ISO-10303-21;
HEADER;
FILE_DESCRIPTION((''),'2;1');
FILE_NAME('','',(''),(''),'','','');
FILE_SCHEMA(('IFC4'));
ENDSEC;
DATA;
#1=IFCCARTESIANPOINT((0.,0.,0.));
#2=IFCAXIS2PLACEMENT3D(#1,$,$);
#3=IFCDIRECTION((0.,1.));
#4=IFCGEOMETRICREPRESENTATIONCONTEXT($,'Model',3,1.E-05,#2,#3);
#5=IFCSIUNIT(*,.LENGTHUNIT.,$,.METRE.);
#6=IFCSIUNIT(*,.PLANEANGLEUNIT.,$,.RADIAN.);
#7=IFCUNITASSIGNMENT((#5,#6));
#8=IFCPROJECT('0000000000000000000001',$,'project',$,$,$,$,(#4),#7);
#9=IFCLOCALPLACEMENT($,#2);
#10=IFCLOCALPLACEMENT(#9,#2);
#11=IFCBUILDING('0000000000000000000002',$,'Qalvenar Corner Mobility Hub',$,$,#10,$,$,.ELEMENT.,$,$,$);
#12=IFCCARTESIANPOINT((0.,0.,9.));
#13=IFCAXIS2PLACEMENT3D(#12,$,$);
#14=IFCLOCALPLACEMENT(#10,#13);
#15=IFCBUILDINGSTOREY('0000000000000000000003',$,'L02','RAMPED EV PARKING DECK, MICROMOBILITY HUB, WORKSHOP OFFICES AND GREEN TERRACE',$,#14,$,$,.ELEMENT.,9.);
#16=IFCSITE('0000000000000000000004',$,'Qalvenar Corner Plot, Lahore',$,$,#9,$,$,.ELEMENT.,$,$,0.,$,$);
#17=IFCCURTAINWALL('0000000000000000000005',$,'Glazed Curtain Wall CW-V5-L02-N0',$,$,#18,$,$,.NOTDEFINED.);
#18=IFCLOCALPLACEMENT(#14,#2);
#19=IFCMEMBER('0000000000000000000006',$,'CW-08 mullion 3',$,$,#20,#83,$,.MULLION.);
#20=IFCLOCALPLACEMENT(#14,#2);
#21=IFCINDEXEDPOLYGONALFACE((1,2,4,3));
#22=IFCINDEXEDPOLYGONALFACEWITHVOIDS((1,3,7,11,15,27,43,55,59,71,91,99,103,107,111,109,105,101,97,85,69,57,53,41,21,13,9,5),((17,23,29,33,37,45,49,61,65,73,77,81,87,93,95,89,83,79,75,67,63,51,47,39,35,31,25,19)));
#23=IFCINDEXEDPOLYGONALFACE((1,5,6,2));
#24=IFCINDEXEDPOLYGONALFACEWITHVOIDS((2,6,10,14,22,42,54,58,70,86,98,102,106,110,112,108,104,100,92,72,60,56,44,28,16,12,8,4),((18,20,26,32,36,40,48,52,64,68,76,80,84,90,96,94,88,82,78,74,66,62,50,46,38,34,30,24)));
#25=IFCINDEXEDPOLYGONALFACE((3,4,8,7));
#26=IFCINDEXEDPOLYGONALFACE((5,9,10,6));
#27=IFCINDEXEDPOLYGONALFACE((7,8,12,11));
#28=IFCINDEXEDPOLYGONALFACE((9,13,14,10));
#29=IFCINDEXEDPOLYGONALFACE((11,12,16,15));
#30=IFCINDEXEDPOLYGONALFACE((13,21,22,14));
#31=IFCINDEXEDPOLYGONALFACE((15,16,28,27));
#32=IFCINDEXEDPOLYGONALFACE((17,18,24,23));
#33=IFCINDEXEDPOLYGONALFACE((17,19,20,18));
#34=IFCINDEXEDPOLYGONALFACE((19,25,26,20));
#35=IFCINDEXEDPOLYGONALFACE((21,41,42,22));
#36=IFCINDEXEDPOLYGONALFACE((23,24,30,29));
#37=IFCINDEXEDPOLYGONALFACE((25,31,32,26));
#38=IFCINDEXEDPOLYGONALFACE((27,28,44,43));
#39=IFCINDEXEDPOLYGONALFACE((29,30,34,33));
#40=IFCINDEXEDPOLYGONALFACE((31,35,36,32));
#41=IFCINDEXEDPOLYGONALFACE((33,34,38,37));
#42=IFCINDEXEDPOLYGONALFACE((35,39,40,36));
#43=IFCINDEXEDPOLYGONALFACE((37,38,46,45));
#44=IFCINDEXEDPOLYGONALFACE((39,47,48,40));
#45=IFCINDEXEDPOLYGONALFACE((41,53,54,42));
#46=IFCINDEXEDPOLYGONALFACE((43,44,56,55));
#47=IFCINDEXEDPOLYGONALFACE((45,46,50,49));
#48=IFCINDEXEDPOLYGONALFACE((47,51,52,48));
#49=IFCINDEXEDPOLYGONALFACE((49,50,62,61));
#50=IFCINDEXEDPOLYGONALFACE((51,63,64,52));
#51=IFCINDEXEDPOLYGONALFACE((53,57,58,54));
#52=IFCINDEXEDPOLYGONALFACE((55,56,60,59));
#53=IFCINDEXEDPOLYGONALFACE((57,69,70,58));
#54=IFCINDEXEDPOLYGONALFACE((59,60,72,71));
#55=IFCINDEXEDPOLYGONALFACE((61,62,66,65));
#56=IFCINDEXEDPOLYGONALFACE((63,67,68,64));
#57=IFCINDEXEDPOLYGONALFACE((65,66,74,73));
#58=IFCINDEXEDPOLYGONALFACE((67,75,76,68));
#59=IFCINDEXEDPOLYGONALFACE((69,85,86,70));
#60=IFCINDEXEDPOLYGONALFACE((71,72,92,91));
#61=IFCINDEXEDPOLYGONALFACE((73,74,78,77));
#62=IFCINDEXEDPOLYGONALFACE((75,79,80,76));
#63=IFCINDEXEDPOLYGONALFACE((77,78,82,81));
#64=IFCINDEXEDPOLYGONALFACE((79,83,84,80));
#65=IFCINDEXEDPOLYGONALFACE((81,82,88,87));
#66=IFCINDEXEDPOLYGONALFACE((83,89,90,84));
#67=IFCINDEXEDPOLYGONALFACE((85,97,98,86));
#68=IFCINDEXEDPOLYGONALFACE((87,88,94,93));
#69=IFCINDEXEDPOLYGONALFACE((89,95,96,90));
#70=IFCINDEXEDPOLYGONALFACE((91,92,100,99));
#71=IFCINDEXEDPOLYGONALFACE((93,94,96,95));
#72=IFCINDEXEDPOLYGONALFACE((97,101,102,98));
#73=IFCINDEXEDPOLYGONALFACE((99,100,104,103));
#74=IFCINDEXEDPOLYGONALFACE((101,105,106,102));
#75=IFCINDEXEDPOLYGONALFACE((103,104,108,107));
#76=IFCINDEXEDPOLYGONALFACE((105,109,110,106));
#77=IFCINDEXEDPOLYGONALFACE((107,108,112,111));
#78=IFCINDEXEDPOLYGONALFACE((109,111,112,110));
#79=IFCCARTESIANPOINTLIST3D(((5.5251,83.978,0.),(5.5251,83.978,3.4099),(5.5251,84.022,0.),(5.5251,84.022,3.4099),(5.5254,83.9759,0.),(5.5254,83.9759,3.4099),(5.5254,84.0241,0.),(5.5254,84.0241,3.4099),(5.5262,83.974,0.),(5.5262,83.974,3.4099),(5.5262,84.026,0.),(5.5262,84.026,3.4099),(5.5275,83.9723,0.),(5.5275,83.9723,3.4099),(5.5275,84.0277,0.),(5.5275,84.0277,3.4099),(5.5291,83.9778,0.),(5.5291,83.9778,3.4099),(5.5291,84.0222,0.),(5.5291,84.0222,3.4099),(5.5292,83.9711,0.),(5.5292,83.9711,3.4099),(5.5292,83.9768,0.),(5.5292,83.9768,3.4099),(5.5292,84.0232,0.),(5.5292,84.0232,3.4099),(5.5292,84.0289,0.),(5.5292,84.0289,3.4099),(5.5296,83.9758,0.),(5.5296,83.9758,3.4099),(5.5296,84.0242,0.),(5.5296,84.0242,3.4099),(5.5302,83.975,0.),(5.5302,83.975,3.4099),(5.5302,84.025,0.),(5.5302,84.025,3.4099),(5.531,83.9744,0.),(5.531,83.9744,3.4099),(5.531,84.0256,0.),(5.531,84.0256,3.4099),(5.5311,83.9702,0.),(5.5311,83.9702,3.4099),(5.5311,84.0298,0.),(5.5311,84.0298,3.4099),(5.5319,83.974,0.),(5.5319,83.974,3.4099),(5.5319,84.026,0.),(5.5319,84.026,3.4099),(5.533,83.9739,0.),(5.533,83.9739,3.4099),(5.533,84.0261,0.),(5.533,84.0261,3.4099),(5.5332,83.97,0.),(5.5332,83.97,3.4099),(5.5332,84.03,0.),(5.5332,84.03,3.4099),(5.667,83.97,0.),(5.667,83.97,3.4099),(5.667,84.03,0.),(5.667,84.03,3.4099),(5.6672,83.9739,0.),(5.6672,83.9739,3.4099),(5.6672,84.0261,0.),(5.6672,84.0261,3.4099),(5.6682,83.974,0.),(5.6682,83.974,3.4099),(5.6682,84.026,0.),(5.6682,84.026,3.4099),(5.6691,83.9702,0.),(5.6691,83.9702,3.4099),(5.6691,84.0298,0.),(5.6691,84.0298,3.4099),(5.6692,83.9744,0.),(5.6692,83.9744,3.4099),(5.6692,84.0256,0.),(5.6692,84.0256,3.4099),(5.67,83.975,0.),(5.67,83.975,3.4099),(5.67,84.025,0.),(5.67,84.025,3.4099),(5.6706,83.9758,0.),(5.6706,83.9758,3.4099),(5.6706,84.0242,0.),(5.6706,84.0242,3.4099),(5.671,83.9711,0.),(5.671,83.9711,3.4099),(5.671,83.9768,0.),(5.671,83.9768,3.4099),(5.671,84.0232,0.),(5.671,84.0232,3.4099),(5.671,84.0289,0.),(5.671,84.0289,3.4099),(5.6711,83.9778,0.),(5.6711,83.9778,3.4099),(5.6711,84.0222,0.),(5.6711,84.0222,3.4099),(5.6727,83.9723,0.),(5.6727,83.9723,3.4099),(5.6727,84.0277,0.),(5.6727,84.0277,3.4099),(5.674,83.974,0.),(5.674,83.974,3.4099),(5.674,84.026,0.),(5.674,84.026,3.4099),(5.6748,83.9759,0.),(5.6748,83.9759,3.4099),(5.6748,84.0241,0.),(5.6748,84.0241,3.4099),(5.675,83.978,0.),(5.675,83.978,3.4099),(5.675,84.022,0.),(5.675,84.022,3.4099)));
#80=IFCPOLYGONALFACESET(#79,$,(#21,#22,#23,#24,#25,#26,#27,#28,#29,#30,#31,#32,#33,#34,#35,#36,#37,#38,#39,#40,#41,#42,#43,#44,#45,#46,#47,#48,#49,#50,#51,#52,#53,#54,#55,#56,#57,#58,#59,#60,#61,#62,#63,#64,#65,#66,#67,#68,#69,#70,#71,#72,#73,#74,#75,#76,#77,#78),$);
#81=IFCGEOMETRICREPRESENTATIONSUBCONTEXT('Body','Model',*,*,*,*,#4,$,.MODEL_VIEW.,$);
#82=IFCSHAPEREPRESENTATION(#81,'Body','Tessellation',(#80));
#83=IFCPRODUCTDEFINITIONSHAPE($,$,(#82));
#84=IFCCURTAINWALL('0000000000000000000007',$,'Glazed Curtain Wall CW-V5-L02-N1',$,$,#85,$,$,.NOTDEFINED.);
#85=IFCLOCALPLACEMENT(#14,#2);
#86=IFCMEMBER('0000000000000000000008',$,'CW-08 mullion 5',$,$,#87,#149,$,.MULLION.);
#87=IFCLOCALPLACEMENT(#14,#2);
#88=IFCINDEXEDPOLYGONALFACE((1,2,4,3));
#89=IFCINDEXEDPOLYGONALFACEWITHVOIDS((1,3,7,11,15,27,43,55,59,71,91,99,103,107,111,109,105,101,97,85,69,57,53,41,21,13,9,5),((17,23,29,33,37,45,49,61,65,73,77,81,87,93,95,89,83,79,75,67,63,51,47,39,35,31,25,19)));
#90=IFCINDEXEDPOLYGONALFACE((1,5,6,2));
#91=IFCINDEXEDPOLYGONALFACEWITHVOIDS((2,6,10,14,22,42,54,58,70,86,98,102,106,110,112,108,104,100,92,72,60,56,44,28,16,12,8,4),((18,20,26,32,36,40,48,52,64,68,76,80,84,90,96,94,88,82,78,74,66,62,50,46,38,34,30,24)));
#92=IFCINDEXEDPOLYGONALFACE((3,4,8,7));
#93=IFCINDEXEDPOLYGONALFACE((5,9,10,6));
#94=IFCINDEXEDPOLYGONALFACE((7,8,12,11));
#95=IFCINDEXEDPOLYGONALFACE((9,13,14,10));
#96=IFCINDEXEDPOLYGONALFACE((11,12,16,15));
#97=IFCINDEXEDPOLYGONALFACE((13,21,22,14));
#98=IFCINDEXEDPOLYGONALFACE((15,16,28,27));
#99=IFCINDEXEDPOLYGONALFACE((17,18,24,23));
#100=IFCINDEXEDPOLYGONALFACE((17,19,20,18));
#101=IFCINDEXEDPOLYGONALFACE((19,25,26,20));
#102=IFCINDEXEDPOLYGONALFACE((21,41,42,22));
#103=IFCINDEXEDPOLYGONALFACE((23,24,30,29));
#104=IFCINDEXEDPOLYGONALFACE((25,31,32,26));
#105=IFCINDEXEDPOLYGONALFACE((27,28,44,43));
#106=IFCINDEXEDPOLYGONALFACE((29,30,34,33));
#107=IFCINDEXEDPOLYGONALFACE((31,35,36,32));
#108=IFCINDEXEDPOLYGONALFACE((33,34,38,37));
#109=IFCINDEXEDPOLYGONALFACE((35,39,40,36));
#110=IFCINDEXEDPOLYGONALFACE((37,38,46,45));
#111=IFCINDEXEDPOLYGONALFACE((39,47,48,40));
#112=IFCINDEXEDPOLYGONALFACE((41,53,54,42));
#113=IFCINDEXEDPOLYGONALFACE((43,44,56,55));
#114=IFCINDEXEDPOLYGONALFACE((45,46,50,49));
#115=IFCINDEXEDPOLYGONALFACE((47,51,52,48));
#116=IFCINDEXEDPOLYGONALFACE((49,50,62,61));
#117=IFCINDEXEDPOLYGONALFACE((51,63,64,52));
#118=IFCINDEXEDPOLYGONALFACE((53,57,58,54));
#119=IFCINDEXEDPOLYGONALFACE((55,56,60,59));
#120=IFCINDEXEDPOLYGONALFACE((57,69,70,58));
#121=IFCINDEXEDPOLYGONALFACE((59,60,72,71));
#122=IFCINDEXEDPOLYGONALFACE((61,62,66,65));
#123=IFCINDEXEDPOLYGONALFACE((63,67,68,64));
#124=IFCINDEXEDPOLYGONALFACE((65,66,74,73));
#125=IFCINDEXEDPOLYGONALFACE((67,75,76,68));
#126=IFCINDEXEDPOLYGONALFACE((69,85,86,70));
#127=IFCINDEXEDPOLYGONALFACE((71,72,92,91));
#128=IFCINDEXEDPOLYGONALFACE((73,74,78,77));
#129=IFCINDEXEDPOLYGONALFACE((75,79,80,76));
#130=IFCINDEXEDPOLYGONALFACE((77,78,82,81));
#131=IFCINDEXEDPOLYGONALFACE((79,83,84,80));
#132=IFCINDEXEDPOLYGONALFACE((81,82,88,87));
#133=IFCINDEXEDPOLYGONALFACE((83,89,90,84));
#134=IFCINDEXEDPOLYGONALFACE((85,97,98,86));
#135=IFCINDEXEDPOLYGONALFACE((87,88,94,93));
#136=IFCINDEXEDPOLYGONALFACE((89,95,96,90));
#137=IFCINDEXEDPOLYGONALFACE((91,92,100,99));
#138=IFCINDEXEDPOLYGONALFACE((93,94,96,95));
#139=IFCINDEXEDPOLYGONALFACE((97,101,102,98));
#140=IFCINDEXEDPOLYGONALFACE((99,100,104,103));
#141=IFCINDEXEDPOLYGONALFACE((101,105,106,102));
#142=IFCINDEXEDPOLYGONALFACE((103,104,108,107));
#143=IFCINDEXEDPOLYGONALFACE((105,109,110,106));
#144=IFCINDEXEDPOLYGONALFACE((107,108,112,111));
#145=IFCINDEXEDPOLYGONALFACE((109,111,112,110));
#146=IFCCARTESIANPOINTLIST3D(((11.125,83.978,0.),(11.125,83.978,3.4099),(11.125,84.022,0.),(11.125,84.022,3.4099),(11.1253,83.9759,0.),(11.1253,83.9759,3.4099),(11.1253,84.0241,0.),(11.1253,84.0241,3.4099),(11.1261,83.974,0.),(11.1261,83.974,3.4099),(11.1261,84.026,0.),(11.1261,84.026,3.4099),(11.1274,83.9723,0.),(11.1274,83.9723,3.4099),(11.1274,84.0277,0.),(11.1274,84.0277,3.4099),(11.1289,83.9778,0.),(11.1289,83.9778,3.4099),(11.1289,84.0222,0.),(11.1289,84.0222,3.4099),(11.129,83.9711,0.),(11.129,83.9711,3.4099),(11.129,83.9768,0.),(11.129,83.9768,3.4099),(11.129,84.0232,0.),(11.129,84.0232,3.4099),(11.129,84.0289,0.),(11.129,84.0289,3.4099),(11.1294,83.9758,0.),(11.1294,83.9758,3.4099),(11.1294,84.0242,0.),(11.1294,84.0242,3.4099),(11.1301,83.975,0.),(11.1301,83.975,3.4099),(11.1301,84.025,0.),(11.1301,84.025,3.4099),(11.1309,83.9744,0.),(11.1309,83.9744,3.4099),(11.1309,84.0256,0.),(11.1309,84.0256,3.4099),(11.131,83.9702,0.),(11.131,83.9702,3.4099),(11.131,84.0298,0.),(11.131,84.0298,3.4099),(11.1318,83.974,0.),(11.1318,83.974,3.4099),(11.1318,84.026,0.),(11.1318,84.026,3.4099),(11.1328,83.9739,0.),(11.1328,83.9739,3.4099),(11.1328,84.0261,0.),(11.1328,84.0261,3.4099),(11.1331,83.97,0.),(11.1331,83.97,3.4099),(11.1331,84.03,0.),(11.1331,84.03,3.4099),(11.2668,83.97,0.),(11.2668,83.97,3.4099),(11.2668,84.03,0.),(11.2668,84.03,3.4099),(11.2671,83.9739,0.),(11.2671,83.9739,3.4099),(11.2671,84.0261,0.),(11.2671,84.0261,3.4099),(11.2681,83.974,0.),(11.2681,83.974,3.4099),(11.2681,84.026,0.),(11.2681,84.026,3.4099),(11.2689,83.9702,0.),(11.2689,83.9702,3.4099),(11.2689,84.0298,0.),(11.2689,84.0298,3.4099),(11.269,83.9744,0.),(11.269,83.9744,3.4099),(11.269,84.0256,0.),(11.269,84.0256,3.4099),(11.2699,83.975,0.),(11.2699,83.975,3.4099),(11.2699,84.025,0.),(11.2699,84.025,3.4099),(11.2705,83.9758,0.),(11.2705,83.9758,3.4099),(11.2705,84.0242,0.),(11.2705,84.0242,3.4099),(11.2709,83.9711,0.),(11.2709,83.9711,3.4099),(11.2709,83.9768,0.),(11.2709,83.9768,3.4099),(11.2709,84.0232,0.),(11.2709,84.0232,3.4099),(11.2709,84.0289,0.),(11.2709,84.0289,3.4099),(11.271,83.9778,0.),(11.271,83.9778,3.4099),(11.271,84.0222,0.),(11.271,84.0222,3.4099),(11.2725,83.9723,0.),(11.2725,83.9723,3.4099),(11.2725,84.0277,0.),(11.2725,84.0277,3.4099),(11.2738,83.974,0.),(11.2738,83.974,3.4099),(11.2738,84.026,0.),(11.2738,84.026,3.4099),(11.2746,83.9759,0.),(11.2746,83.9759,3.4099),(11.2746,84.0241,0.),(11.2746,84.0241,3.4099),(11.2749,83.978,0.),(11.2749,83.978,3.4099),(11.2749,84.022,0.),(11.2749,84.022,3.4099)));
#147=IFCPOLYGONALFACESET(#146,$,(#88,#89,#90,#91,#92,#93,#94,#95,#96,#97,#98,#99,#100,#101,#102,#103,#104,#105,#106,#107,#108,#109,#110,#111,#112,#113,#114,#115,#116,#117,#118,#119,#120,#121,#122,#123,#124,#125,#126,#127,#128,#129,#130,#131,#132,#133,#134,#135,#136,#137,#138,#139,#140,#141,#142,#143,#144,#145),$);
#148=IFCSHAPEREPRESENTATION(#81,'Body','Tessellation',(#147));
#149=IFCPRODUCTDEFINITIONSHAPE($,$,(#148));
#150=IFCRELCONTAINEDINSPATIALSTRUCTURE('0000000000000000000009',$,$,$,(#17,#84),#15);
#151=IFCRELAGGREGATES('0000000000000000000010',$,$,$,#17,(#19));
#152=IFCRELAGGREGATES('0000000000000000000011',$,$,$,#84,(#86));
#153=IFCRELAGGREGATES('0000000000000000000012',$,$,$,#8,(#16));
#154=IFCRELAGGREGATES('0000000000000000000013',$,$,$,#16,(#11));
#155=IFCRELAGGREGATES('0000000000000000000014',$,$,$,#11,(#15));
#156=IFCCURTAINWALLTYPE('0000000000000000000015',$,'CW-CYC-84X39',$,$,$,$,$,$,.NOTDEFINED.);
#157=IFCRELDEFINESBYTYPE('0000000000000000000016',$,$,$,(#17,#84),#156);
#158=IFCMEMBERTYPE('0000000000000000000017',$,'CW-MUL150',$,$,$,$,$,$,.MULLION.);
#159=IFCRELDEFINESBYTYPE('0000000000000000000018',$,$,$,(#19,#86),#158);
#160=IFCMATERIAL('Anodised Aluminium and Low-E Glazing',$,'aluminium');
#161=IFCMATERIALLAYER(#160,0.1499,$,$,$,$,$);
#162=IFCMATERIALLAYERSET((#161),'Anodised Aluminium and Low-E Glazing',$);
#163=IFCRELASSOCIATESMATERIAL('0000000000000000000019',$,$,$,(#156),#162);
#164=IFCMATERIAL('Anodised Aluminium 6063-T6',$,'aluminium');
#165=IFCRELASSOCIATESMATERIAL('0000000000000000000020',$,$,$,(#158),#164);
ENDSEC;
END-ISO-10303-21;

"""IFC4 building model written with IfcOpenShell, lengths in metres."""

from ifc_helpers import new_model, si_unit, direction, frame, origin, origin_2d, place, context, subcontext, project, spatial, hollow_rectangle, extrude, material, layer, layer_set, material_profile, profile_set, type_object, element, aggregate, save


model = new_model("IFC4")

# Units and contexts
model_context = context("Model", 3, precision=1e-05, world=origin(), true_north=direction((0.0, 1.0)))
body_context = subcontext(model_context, "Body", "Model", "MODEL_VIEW")
ifc_project = project(units=[si_unit("LENGTHUNIT", "METRE"), si_unit("PLANEANGLEUNIT", "RADIAN")], contexts=[model_context])

# Site, building, storey
site_placement = place(None, origin())
site = spatial("IfcSite", under=ifc_project, at=site_placement, Name="Qalvenar Corner Plot, Lahore", CompositionType="ELEMENT", RefElevation=0.0)
building_placement = place(site_placement, origin())
building = spatial("IfcBuilding", under=site, at=building_placement, Name="Qalvenar Corner Mobility Hub", CompositionType="ELEMENT")
storey_placement = place(building_placement, frame((0.0, 0.0, 9.0)))
storey = spatial("IfcBuildingStorey", under=building, at=storey_placement, Name="L02", Description="RAMPED EV PARKING DECK, MICROMOBILITY HUB, WORKSHOP OFFICES AND GREEN TERRACE", CompositionType="ELEMENT", Elevation=9.0)

# Curtain walls, members
ifc_material_1 = material(Name="Anodised Aluminium and Low-E Glazing", Category="aluminium")
ifc_layer_1 = layer(ifc_material_1, 0.1499)
ifc_layer_set_1 = layer_set([ifc_layer_1], Name="Anodised Aluminium and Low-E Glazing")
curtain_wall_type = type_object("IfcCurtainWallType", Name="CW-CYC-84X39", PredefinedType="NOTDEFINED", material=ifc_layer_set_1)
curtain_wall_1_placement = place(storey_placement, origin())
curtain_wall_1 = element("IfcCurtainWall", 1, at=curtain_wall_1_placement, inside=storey, type_object=curtain_wall_type, Name="Glazed Curtain Wall CW-V5-L02-N0", PredefinedType="NOTDEFINED")
ifc_material_2 = material(Name="Anodised Aluminium 6063-T6", Category="aluminium")
ifc_material_profile_1 = material_profile(ifc_material_2, hollow_rectangle(XDim=0.0601, YDim=0.1499, WallThickness=0.0039, InnerFilletRadius=0.0039, OuterFilletRadius=0.0081, at=origin_2d()), Name="RHS150x60x4")
ifc_profile_set_1 = profile_set([ifc_material_profile_1], Name="Anodised Aluminium 6063-T6")
member_type_1 = type_object("IfcMemberType", Name="CW-MUL150", PredefinedType="MULLION", material=ifc_profile_set_1)
member_1_placement = place(storey_placement, frame((5.6001, 84.0, 0.0), z_axis=(0.0, 0.0, 1.0), x_axis=(0.0, -1.0, 0.0)))
member_1 = element("IfcMember", 2, at=member_1_placement, type_object=member_type_1, Name="CW-08 mullion 3", PredefinedType="MULLION", context=body_context, shape_type="SweptSolid", body=[
    extrude(hollow_rectangle(XDim=0.0601, YDim=0.1499, WallThickness=0.0039, InnerFilletRadius=0.0039, OuterFilletRadius=0.0081, at=origin_2d()), origin(), (0.0, 0.0, 1.0), 3.4099),
])
curtain_wall_2_placement = place(storey_placement, origin())
curtain_wall_2 = element("IfcCurtainWall", 3, at=curtain_wall_2_placement, inside=storey, type_object=curtain_wall_type, Name="Glazed Curtain Wall CW-V5-L02-N1", PredefinedType="NOTDEFINED")
member_2_placement = place(storey_placement, frame((11.2, 84.0, 0.0), z_axis=(0.0, 0.0, 1.0), x_axis=(0.0, -1.0, 0.0)))
member_2 = element("IfcMember", 4, at=member_2_placement, type_object=member_type_1, Name="CW-08 mullion 5", PredefinedType="MULLION", context=body_context, shape_type="SweptSolid", body=[
    extrude(hollow_rectangle(XDim=0.0601, YDim=0.1499, WallThickness=0.0039, InnerFilletRadius=0.0039, OuterFilletRadius=0.0081, at=origin_2d()), origin(), (0.0, 0.0, 1.0), 3.4099),
])

aggregate(curtain_wall_1, [member_1])
aggregate(curtain_wall_2, [member_2])

save(model, "model.ifc")
